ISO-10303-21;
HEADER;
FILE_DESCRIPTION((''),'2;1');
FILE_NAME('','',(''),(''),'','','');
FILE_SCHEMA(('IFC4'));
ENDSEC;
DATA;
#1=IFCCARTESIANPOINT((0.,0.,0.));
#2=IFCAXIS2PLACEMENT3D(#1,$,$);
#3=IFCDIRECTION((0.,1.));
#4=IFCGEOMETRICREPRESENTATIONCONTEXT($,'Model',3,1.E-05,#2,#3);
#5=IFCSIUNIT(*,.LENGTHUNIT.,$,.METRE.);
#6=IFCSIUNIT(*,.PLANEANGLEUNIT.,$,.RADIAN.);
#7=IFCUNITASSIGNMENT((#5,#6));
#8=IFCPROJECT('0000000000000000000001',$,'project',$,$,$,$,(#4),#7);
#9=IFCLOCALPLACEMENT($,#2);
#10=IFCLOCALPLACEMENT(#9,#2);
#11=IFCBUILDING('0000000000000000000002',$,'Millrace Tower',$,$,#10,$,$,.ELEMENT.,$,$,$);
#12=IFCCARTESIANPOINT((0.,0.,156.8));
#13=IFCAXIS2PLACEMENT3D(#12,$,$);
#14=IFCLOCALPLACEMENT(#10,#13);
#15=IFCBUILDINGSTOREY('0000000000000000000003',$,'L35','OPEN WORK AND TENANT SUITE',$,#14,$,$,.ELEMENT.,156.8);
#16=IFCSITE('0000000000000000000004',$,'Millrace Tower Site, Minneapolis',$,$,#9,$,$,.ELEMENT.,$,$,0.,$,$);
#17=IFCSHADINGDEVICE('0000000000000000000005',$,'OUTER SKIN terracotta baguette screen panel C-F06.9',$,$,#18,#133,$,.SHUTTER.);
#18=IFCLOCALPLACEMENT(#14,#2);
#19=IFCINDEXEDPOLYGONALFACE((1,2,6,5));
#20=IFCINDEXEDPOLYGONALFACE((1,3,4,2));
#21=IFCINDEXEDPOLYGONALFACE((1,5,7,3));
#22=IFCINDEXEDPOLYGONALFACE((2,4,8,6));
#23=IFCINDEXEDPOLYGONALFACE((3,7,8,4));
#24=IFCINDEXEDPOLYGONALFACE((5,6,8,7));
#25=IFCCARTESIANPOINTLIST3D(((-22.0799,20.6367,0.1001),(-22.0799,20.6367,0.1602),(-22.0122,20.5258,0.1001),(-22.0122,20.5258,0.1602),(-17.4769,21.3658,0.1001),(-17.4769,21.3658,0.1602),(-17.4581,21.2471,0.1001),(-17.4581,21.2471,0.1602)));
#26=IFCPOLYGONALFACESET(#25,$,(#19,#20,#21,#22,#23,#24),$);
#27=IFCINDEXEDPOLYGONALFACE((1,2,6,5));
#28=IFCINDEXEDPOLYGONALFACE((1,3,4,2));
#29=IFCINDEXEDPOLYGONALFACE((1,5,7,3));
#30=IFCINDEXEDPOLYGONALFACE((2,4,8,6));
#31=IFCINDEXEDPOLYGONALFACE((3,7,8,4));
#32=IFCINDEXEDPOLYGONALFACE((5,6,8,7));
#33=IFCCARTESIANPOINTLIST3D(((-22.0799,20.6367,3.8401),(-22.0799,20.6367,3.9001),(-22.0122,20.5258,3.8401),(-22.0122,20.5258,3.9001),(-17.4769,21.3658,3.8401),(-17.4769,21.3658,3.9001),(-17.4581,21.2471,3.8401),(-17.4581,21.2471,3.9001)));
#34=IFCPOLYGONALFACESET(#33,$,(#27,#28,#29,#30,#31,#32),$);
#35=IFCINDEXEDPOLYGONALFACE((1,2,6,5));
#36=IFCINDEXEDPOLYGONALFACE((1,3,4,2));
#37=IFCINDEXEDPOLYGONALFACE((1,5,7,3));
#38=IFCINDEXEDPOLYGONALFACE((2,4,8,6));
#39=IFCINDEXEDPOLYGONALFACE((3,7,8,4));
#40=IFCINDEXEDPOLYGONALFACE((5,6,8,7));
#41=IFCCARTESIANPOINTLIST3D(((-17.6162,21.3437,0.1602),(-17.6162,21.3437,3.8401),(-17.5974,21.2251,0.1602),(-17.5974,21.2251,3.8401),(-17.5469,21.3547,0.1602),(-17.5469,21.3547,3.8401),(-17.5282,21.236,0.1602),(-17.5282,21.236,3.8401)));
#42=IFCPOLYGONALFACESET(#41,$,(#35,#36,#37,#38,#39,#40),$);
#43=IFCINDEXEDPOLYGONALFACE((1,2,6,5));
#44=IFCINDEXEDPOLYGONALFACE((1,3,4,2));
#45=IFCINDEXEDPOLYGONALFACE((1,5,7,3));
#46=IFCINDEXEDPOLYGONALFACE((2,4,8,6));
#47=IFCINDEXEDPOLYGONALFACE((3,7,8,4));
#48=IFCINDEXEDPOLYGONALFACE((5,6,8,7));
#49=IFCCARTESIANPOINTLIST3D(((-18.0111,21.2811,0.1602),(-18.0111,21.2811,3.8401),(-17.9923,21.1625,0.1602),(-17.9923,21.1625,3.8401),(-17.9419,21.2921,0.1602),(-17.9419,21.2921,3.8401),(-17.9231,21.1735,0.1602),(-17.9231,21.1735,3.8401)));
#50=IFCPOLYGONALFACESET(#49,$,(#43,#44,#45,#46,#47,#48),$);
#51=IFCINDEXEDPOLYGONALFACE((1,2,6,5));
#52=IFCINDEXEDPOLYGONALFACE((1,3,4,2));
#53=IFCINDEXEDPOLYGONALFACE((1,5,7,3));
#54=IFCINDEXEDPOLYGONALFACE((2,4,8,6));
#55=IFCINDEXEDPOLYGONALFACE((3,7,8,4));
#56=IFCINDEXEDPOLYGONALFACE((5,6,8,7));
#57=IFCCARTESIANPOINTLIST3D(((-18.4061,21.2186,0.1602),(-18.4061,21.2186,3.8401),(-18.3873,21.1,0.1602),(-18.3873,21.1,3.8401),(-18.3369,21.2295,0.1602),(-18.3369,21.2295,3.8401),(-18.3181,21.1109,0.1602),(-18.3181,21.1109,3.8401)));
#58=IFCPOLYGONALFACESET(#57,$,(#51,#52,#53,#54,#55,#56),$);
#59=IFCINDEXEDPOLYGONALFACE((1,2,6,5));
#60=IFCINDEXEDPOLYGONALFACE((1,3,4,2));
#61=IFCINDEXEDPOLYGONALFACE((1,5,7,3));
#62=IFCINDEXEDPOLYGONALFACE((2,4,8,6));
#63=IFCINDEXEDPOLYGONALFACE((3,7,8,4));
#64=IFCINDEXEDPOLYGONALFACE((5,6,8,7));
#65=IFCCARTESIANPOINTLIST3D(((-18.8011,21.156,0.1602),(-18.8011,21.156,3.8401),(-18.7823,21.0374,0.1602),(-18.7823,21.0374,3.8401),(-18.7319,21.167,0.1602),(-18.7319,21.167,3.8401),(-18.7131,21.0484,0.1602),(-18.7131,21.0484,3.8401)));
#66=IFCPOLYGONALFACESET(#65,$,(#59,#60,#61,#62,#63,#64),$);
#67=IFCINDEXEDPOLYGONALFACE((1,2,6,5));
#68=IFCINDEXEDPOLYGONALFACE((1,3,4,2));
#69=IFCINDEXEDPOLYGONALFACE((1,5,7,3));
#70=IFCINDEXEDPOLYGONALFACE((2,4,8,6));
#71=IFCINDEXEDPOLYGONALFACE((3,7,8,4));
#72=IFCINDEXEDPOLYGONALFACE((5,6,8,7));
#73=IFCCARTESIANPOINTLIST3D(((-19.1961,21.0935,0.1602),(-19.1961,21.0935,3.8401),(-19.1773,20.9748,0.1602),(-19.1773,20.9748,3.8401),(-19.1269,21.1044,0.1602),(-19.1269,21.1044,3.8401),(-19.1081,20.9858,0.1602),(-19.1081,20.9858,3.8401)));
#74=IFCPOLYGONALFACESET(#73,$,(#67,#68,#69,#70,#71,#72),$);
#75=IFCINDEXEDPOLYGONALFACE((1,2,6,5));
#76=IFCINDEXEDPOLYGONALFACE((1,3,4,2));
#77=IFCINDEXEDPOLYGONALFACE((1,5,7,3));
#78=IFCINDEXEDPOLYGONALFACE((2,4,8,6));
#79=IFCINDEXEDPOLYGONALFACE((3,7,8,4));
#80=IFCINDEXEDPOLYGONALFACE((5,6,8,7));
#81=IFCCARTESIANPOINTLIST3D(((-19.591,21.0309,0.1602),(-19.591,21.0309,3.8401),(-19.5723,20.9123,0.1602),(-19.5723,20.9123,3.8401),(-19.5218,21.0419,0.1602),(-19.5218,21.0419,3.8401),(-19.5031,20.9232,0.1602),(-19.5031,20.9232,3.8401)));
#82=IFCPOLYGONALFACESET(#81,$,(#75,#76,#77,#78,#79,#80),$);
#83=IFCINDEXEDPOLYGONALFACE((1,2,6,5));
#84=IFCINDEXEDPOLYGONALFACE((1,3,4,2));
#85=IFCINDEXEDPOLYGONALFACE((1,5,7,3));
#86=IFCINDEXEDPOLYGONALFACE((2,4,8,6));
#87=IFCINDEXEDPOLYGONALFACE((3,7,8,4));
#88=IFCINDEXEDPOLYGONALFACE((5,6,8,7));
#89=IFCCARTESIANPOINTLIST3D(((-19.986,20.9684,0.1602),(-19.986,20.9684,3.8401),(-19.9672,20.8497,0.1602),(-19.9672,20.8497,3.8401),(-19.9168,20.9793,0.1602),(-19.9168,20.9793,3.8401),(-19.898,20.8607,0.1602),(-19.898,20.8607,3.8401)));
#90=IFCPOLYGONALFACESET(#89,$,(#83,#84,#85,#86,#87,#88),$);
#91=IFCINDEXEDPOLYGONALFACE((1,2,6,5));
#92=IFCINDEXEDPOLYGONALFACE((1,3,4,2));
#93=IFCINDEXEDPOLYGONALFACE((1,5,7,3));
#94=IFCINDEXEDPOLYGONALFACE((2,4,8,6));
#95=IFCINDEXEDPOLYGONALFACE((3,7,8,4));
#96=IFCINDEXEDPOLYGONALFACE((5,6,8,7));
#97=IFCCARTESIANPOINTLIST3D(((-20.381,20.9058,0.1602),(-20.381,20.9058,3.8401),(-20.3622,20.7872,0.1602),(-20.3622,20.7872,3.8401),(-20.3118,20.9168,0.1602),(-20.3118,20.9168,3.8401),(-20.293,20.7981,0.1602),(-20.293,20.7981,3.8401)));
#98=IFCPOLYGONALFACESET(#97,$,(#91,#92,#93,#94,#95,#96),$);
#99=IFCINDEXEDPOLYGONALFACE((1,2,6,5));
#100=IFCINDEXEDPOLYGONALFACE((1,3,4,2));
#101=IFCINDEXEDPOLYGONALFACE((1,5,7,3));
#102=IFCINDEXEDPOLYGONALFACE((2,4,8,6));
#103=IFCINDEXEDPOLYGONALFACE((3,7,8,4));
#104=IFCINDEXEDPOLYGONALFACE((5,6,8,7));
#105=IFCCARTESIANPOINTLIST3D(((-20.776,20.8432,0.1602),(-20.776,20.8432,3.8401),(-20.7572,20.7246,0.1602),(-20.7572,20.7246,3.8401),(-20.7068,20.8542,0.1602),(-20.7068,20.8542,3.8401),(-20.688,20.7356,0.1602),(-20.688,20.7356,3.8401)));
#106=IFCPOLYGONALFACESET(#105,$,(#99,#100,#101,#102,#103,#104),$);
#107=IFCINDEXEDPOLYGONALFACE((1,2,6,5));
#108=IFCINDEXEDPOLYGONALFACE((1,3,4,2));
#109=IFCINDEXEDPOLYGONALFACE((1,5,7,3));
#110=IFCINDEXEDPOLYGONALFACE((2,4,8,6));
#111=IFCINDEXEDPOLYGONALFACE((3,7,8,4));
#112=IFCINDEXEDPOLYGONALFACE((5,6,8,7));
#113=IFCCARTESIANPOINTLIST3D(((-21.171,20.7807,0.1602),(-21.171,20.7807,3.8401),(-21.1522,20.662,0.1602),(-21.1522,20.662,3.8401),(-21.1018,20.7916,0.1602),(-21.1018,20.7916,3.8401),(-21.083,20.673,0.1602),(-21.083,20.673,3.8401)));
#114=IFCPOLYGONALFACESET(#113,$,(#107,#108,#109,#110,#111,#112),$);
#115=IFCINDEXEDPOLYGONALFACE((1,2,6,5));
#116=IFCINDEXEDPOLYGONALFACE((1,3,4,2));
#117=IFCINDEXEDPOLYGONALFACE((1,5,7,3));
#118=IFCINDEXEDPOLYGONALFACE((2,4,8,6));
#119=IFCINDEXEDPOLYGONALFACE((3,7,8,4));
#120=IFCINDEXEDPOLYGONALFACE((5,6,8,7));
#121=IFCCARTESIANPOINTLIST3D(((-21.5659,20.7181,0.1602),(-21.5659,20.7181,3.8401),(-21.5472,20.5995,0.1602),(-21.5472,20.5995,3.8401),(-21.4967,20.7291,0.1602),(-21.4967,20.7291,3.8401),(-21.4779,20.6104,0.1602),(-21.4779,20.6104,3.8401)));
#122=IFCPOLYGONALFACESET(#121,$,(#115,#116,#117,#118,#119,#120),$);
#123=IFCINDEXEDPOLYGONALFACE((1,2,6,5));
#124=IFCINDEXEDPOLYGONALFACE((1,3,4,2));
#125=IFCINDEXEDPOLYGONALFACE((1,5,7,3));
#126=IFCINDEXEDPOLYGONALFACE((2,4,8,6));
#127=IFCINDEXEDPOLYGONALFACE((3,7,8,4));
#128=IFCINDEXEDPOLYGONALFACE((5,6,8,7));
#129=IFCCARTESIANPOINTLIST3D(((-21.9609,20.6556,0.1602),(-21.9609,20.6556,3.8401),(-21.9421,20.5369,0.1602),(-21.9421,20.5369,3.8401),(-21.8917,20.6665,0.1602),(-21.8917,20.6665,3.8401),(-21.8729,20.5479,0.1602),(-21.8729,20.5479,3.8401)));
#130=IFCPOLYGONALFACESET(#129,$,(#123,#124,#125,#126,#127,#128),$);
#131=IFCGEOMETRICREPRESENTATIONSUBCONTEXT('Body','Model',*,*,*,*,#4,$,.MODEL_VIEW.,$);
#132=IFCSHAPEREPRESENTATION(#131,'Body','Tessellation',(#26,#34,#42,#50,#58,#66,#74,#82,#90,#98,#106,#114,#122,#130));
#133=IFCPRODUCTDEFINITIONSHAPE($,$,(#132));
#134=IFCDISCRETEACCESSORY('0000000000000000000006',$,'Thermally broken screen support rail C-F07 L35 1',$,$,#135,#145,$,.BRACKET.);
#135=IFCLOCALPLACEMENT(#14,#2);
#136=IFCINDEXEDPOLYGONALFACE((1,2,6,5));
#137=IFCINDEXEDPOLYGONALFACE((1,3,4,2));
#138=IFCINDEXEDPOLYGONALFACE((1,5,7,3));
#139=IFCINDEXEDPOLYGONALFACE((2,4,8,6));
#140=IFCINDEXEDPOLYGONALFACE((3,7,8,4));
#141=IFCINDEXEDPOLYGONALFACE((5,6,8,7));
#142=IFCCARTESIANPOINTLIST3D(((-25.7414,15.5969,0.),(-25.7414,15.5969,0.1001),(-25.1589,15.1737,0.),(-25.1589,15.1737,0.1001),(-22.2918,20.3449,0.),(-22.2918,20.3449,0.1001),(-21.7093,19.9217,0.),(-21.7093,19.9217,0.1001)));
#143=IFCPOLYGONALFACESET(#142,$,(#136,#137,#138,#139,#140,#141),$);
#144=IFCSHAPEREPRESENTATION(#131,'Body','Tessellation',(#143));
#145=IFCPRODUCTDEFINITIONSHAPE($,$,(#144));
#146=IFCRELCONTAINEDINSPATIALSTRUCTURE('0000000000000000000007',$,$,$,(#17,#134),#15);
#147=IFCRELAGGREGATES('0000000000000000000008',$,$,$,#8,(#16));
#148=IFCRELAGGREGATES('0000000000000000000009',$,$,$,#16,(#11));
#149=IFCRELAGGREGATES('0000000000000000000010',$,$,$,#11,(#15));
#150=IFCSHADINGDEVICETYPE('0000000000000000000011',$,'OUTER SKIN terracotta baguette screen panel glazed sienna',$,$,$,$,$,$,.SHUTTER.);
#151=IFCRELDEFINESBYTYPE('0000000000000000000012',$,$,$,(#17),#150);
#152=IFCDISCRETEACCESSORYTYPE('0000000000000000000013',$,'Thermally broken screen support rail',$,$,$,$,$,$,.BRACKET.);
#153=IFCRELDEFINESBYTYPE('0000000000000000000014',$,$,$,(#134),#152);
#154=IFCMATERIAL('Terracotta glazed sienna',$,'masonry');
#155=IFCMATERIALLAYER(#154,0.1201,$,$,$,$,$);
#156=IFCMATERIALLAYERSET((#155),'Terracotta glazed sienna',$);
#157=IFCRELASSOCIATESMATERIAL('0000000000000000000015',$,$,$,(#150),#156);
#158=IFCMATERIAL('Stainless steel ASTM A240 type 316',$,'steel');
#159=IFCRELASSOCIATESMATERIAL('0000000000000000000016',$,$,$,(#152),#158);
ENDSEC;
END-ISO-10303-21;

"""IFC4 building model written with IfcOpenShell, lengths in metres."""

from ifc_helpers import new_model, entity, si_unit, direction, frame, frame_2d, origin, origin_2d, place, context, subcontext, project, spatial, rectangle, extrude, source, transform, mapped, material, layer, layer_set, type_object, element, save


model = new_model("IFC4")

# Units and contexts
model_context = context("Model", 3, precision=1e-05, world=origin(), true_north=direction((0.0, 1.0)))
body_context = subcontext(model_context, "Body", "Model", "MODEL_VIEW")
ifc_project = project(units=[si_unit("LENGTHUNIT", "METRE"), si_unit("PLANEANGLEUNIT", "RADIAN")], contexts=[model_context])

# Site, building, storey
site_placement = place(None, origin())
site = spatial("IfcSite", under=ifc_project, at=site_placement, Name="Millrace Tower Site, Minneapolis", CompositionType="ELEMENT", RefElevation=0.0)
building_placement = place(site_placement, origin())
building = spatial("IfcBuilding", under=site, at=building_placement, Name="Millrace Tower", CompositionType="ELEMENT")
storey_placement = place(building_placement, frame((0.0, 0.0, 156.8)))
storey = spatial("IfcBuildingStorey", under=building, at=storey_placement, Name="L35", Description="OPEN WORK AND TENANT SUITE", CompositionType="ELEMENT", Elevation=156.8)

# Shading device
ifc_material_1 = material(Name="Terracotta glazed sienna", Category="masonry")
ifc_layer_1 = layer(ifc_material_1, 0.1201)
ifc_layer_set_1 = layer_set([ifc_layer_1], Name="Terracotta glazed sienna")
shading_device_type = type_object("IfcShadingDeviceType", Name="OUTER SKIN terracotta baguette screen panel glazed sienna", PredefinedType="SHUTTER", material=ifc_layer_set_1)
cartesian_point_1 = entity("IfcCartesianPoint", [-2.3179, 0.0601])
shared_polyline_1 = entity("IfcPolyline", [cartesian_point_1, entity("IfcCartesianPoint", [2.293, 0.0601]), entity("IfcCartesianPoint", [2.3425, -0.0601]), entity("IfcCartesianPoint", [-2.3179, -0.0601]), cartesian_point_1])
shared_shape_1 = source(origin(), body_context, "Body", "SweptSolid", [
    entity("IfcExtrudedAreaSolid", entity("IfcArbitraryClosedProfileDef", "AREA", None, shared_polyline_1), entity("IfcAxis2Placement3D", entity("IfcCartesianPoint", [0.0, 0.0, 0.0])), entity("IfcDirection", [0.0, 0.0, 1.0]), 0.0601),
    entity("IfcExtrudedAreaSolid", entity("IfcArbitraryClosedProfileDef", "AREA", None, shared_polyline_1), entity("IfcAxis2Placement3D", entity("IfcCartesianPoint", [0.0, 0.0, 3.74])), entity("IfcDirection", [0.0, 0.0, 1.0]), 0.0601),
    extrude(rectangle(XDim=0.0701, YDim=0.1201, at=frame_2d((-2.2119, 0.0))), frame((0.0, 0.0, 0.0601)), (0.0, 0.0, 1.0), 3.6799),
    extrude(rectangle(XDim=0.0701, YDim=0.1201, at=frame_2d((-1.812, 0.0))), frame((0.0, 0.0, 0.0601)), (0.0, 0.0, 1.0), 3.6799),
    extrude(rectangle(XDim=0.0701, YDim=0.1201, at=frame_2d((-1.4121, 0.0))), frame((0.0, 0.0, 0.0601)), (0.0, 0.0, 1.0), 3.6799),
    extrude(rectangle(XDim=0.0701, YDim=0.1201, at=frame_2d((-1.0122, 0.0))), frame((0.0, 0.0, 0.0601)), (0.0, 0.0, 1.0), 3.6799),
    extrude(rectangle(XDim=0.0701, YDim=0.1201, at=frame_2d((-0.6123, 0.0))), frame((0.0, 0.0, 0.0601)), (0.0, 0.0, 1.0), 3.6799),
    extrude(rectangle(XDim=0.0701, YDim=0.1201, at=frame_2d((-0.2124, 0.0))), frame((0.0, 0.0, 0.0601)), (0.0, 0.0, 1.0), 3.6799),
    extrude(rectangle(XDim=0.0701, YDim=0.1201, at=frame_2d((0.1875, 0.0))), frame((0.0, 0.0, 0.0601)), (0.0, 0.0, 1.0), 3.6799),
    extrude(rectangle(XDim=0.0701, YDim=0.1201, at=frame_2d((0.5874, 0.0))), frame((0.0, 0.0, 0.0601)), (0.0, 0.0, 1.0), 3.6799),
    extrude(rectangle(XDim=0.0701, YDim=0.1201, at=frame_2d((0.9873, 0.0))), frame((0.0, 0.0, 0.0601)), (0.0, 0.0, 1.0), 3.6799),
    extrude(rectangle(XDim=0.0701, YDim=0.1201, at=frame_2d((1.3872, 0.0))), frame((0.0, 0.0, 0.0601)), (0.0, 0.0, 1.0), 3.6799),
    extrude(rectangle(XDim=0.0701, YDim=0.1201, at=frame_2d((1.7871, 0.0))), frame((0.0, 0.0, 0.0601)), (0.0, 0.0, 1.0), 3.6799),
    extrude(rectangle(XDim=0.0701, YDim=0.1201, at=frame_2d((2.187, 0.0))), frame((0.0, 0.0, 0.0601)), (0.0, 0.0, 1.0), 3.6799),
])
shading_device_1_placement = place(storey_placement, frame((-19.7568, 20.9438, 0.1001), z_axis=(0.0, 0.0, 1.0), x_axis=(-0.987688, -0.156434, 0.0)))
element("IfcShadingDevice", 1, at=shading_device_1_placement, inside=storey, type_object=shading_device_type, Name="OUTER SKIN terracotta baguette screen panel C-F06.9", PredefinedType="SHUTTER", context=body_context, shape_type="MappedRepresentation", body=[
    mapped(shared_shape_1, transform((0.0, 0.0, 0.0), scale=1.0)),
])

# Discrete accessory
ifc_material_2 = material(Name="Stainless steel ASTM A240 type 316", Category="steel")
discrete_accessory_type = type_object("IfcDiscreteAccessoryType", Name="Thermally broken screen support rail", PredefinedType="BRACKET", material=ifc_material_2)
discrete_accessory_placement = place(storey_placement, frame((-23.7253, 17.7593, 0.0), z_axis=(0.0, 0.0, 1.0), x_axis=(-0.587785, -0.809017, 0.0)))
element("IfcDiscreteAccessory", 2, at=discrete_accessory_placement, inside=storey, type_object=discrete_accessory_type, Name="Thermally broken screen support rail C-F07 L35 1", PredefinedType="BRACKET", context=body_context, shape_type="SweptSolid", body=[
    extrude(rectangle(XDim=5.8689, YDim=0.72, at=origin_2d()), origin(), (0.0, 0.0, 1.0), 0.1001),
])

save(model, "model.ifc")
